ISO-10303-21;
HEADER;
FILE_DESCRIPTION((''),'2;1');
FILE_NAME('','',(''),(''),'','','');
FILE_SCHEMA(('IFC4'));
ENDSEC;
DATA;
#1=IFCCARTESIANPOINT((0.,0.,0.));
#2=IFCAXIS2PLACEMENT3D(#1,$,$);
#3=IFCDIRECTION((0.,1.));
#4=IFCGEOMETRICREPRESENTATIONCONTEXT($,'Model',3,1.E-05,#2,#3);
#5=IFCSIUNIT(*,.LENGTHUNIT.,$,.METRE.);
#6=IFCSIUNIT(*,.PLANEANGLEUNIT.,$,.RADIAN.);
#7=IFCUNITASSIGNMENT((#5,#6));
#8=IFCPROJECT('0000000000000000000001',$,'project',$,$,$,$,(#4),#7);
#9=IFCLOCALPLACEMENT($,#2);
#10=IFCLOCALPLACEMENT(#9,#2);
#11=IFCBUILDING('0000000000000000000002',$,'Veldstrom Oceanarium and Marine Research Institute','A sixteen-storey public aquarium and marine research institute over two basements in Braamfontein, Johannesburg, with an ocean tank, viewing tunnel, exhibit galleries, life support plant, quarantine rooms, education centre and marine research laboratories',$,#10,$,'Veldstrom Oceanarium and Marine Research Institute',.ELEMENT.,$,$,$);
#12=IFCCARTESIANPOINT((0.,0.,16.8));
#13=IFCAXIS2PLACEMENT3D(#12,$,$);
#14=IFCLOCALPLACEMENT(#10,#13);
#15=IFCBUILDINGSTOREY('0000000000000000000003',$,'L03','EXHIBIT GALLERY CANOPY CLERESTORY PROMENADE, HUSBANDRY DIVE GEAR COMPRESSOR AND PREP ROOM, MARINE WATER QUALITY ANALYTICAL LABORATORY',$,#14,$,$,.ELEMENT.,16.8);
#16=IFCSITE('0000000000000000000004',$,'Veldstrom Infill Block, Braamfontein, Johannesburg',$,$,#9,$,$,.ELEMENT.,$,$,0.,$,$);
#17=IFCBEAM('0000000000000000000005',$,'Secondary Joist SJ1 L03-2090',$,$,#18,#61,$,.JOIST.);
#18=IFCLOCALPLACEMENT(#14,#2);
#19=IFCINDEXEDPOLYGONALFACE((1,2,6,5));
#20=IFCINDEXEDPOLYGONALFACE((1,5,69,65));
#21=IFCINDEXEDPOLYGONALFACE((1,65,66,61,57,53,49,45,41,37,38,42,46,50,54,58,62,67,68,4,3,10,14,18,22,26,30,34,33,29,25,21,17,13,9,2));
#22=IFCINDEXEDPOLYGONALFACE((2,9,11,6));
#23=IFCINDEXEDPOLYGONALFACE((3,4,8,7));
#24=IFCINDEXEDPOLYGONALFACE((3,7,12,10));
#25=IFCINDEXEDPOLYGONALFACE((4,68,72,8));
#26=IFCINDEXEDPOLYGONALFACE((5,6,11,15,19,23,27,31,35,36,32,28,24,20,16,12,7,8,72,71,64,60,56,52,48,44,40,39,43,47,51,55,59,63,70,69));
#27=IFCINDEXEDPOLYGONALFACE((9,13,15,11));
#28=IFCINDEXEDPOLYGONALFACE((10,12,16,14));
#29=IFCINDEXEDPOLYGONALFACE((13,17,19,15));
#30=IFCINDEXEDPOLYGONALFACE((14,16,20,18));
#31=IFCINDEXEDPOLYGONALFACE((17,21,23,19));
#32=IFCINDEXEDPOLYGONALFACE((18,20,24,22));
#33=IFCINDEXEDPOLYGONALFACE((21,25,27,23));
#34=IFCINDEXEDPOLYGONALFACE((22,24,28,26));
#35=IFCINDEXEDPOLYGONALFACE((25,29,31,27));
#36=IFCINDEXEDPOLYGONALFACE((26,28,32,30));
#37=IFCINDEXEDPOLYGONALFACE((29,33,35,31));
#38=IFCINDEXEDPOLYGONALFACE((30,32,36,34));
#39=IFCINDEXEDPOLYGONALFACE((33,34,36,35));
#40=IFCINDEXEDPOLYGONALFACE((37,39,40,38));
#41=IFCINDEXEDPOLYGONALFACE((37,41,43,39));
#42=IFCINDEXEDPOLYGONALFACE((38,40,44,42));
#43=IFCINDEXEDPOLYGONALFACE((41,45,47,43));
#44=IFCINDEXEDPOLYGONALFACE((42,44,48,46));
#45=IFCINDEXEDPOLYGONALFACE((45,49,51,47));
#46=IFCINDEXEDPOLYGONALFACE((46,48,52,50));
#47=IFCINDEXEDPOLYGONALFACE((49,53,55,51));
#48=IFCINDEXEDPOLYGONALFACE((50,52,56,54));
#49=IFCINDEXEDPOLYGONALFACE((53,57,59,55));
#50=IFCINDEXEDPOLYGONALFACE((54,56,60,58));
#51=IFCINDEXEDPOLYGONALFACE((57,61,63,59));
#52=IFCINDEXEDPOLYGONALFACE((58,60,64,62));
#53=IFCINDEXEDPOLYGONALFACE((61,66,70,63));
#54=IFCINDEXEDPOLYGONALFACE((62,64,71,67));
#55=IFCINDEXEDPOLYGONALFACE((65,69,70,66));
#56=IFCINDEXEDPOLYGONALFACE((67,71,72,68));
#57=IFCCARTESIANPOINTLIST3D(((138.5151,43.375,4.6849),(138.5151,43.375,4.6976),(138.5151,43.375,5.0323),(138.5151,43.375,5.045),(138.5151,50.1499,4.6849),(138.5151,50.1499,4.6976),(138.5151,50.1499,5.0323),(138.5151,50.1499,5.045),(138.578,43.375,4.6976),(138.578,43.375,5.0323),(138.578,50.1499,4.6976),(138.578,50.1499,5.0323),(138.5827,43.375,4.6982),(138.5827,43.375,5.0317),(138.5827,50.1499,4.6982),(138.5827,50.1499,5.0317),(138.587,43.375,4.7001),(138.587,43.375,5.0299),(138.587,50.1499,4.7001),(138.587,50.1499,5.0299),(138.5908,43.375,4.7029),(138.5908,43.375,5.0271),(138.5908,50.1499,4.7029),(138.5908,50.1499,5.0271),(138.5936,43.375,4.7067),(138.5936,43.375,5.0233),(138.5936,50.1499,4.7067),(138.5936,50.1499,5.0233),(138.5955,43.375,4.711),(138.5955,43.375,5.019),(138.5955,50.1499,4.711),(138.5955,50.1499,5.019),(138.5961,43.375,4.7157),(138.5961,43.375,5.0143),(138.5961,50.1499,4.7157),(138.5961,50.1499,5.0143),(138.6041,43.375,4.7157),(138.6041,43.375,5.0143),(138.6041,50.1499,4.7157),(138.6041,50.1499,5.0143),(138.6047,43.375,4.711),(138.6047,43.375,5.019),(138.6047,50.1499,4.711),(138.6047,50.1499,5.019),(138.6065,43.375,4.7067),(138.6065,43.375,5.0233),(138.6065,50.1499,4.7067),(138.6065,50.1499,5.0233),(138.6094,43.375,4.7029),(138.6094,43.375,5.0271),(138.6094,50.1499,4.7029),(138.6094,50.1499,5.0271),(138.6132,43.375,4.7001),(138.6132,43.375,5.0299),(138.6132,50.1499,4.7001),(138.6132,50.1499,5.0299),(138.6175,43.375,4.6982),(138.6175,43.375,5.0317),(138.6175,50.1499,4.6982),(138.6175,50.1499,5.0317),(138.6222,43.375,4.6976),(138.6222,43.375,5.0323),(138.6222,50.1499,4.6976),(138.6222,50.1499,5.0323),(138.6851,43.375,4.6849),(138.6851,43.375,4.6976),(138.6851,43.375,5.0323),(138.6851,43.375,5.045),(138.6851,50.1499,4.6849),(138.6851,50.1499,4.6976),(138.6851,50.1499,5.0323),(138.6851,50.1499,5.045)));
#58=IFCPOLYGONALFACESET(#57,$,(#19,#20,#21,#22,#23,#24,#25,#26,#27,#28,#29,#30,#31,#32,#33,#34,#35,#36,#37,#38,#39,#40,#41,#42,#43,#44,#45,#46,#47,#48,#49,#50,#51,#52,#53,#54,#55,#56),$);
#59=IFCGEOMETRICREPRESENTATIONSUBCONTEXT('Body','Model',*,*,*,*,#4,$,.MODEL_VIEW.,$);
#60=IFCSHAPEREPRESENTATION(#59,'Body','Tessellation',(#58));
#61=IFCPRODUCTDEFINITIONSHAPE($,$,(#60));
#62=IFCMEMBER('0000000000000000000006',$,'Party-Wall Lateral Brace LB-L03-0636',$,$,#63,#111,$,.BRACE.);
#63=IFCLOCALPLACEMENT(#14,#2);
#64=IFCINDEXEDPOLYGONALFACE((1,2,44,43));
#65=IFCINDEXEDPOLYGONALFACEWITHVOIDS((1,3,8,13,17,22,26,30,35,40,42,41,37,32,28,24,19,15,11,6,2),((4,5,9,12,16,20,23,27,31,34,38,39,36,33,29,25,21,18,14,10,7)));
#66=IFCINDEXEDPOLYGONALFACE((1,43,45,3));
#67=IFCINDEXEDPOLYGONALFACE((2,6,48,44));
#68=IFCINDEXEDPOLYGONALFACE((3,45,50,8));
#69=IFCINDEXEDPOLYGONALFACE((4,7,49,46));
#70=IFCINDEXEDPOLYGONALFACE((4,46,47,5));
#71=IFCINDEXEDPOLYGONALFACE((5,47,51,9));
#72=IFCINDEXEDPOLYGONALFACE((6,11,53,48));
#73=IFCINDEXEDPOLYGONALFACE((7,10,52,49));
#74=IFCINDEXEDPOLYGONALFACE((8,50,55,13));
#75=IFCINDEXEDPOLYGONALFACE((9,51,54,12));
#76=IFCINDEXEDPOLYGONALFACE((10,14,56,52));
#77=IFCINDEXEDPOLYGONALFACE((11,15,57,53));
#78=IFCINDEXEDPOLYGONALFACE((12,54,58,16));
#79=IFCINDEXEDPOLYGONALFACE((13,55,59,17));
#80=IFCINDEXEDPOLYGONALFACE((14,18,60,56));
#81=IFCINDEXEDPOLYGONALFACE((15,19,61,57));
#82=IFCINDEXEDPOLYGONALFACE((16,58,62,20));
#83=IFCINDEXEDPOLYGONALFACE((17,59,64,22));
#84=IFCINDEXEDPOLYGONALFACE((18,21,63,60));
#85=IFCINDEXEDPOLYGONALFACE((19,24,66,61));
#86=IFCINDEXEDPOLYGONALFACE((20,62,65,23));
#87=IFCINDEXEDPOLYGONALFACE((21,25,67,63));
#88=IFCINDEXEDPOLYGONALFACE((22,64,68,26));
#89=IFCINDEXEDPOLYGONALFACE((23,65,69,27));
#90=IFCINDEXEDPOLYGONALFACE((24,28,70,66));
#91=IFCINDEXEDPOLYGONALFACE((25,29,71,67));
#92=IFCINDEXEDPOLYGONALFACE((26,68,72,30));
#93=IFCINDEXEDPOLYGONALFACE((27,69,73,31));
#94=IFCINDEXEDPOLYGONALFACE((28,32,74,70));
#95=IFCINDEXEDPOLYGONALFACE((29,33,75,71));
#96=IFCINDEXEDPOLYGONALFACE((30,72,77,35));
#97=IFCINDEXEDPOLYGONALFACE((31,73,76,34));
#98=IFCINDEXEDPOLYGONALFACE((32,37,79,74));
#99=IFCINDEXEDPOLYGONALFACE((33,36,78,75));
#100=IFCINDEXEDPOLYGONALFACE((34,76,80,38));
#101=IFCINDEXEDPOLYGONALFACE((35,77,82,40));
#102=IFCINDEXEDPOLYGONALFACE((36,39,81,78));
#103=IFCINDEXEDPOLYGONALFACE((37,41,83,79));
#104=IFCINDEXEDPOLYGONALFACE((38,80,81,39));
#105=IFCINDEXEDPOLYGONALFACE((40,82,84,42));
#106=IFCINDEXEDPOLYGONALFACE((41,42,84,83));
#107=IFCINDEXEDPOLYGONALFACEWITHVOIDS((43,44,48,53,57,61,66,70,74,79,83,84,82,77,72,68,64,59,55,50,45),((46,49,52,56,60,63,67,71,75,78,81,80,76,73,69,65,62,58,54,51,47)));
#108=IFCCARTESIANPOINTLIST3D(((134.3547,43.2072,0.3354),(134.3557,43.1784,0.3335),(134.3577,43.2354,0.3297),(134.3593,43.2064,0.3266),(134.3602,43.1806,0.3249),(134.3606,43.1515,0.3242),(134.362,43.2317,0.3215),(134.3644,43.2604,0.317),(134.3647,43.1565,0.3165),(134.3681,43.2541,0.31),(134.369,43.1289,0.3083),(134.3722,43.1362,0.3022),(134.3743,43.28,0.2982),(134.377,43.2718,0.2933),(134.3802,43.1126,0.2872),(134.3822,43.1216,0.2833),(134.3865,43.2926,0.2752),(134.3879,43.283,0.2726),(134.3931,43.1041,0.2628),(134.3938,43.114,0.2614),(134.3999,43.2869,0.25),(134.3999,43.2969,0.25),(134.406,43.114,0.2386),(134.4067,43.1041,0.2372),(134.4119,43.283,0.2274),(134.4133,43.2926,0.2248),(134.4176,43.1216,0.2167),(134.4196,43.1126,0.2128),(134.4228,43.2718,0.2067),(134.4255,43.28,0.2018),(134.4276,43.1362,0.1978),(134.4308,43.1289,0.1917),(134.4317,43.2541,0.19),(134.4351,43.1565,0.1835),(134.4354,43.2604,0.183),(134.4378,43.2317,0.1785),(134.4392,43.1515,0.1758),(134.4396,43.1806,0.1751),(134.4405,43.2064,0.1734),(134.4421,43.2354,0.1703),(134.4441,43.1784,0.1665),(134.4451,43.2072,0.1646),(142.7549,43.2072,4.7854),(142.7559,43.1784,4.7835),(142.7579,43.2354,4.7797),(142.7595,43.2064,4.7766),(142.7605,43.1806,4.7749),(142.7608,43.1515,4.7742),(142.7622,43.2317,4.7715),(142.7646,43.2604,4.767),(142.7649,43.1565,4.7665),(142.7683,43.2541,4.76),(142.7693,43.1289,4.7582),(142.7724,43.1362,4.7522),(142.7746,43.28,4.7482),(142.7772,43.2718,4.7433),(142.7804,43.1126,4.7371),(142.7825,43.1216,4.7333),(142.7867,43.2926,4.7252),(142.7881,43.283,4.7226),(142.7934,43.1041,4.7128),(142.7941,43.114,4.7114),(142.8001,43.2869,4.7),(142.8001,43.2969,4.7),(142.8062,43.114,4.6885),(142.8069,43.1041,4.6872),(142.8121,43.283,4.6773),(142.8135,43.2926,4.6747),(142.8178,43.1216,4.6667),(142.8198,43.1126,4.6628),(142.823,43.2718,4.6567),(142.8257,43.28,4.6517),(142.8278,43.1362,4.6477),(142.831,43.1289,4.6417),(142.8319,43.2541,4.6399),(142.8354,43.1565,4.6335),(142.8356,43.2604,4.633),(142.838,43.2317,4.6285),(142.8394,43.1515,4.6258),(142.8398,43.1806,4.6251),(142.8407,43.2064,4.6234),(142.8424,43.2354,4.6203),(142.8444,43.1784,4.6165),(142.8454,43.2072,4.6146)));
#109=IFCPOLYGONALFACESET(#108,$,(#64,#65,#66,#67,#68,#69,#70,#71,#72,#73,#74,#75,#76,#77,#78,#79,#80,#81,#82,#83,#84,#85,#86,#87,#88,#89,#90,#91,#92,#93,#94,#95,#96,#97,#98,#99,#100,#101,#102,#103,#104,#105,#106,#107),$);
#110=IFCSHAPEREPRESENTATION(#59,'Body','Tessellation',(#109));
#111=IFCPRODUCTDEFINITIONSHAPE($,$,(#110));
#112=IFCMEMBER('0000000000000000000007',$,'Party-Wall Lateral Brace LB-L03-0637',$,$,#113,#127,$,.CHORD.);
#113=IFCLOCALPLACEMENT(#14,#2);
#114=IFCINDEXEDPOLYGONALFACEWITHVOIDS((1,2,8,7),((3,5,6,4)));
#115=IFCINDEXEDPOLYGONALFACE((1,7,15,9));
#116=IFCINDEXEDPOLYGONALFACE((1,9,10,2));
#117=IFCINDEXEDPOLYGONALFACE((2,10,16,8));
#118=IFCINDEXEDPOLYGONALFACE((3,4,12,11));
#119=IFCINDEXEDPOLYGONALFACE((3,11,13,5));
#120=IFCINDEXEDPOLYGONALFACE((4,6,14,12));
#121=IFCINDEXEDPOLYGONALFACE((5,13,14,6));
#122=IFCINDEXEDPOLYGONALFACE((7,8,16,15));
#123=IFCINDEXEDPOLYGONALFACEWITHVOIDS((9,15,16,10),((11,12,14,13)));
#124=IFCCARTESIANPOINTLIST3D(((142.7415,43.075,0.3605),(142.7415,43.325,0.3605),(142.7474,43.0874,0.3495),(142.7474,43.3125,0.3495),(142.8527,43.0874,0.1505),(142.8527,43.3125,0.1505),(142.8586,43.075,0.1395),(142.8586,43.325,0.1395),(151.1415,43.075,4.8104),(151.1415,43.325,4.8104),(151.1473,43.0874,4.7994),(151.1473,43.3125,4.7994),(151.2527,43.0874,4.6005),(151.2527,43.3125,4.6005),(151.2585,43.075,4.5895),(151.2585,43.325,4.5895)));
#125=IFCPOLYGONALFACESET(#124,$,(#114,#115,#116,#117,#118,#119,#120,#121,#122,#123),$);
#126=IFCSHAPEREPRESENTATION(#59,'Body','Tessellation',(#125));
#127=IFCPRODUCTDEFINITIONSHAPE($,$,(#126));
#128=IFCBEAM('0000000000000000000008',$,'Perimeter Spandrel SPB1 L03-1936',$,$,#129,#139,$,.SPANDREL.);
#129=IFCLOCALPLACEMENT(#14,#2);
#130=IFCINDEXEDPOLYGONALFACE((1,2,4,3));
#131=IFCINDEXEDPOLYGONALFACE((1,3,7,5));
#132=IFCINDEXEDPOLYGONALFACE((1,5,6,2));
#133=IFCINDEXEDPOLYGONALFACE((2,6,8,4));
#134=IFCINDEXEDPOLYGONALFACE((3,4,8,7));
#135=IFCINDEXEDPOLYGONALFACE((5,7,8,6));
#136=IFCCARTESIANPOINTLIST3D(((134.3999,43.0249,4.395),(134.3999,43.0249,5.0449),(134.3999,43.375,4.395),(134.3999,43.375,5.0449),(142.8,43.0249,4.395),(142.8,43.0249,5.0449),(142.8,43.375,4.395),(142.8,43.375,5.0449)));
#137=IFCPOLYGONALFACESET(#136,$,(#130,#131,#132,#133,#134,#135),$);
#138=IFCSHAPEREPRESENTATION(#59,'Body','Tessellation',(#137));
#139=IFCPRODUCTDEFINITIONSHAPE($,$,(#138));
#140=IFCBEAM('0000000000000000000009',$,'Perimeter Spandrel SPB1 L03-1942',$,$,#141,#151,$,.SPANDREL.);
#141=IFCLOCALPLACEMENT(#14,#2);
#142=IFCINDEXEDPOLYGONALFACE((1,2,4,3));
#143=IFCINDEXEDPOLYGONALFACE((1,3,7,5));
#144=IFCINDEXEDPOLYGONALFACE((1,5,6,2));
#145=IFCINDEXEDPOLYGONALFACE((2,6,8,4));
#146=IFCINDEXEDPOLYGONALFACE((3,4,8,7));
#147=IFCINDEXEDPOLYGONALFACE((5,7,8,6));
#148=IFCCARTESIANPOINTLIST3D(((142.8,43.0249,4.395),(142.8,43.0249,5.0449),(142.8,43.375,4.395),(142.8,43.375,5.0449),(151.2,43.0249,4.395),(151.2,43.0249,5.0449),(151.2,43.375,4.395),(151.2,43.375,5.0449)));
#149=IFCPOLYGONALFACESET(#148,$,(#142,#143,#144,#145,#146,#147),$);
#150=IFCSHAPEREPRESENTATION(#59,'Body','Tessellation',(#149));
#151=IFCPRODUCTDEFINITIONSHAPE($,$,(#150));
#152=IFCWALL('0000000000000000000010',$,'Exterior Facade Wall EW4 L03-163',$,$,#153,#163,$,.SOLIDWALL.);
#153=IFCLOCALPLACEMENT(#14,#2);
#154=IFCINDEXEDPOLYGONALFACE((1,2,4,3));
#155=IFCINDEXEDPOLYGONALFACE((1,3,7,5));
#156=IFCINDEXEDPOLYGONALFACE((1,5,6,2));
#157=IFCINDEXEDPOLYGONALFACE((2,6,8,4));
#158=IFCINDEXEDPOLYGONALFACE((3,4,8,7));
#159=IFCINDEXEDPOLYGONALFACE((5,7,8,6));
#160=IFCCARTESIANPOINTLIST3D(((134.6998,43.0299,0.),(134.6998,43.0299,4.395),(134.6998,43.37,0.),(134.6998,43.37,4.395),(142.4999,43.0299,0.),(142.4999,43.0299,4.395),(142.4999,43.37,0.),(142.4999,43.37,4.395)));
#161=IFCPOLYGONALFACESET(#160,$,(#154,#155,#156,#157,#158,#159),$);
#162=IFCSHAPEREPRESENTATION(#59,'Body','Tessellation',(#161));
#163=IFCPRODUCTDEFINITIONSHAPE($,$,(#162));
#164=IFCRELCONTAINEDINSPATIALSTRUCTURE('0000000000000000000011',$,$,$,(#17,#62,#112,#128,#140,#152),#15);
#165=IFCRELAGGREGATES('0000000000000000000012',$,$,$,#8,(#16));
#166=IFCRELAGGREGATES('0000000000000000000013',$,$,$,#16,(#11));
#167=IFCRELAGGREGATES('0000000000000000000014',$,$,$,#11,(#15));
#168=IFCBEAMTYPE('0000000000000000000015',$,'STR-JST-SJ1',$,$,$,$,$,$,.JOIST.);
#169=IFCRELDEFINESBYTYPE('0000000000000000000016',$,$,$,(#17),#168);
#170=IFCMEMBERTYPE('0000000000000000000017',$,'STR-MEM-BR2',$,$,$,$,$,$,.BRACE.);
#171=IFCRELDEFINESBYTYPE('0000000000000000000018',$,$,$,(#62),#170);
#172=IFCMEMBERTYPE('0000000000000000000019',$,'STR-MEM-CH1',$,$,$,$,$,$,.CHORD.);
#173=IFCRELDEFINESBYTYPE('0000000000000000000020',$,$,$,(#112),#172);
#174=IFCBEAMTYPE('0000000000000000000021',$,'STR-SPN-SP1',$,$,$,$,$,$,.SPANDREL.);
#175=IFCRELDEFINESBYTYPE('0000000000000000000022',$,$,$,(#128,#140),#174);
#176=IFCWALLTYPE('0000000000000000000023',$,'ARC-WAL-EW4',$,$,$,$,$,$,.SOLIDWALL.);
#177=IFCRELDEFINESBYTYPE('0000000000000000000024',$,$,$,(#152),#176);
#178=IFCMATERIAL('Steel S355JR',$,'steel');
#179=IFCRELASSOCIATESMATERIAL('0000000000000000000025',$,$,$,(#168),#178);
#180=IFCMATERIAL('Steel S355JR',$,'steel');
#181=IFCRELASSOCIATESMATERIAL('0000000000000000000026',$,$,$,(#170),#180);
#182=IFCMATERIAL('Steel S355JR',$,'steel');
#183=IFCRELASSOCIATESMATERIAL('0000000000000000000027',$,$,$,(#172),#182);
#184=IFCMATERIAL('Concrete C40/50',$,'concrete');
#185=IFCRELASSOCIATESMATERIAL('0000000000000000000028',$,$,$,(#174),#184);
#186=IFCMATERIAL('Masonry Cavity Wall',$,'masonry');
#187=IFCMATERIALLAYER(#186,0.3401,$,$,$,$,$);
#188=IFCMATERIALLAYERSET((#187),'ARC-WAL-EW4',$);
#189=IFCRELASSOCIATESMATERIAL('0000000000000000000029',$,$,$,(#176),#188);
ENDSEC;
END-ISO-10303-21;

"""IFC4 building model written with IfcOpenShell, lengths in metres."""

from ifc_helpers import new_model, si_unit, direction, frame, frame_2d, origin, origin_2d, place, context, subcontext, project, spatial, rectangle, hollow_rectangle, hollow_circle, i_section, extrude, material, layer, layer_set, material_profile, profile_set, type_object, element, save


model = new_model("IFC4")

# Units and contexts
model_context = context("Model", 3, precision=1e-05, world=origin(), true_north=direction((0.0, 1.0)))
body_context = subcontext(model_context, "Body", "Model", "MODEL_VIEW")
ifc_project = project(units=[si_unit("LENGTHUNIT", "METRE"), si_unit("PLANEANGLEUNIT", "RADIAN")], contexts=[model_context])

# Site, building, storey
site_placement = place(None, origin())
site = spatial("IfcSite", under=ifc_project, at=site_placement, Name="Veldstrom Infill Block, Braamfontein, Johannesburg", CompositionType="ELEMENT", RefElevation=0.0)
building_placement = place(site_placement, origin())
building = spatial("IfcBuilding", under=site, at=building_placement, Name="Veldstrom Oceanarium and Marine Research Institute", Description="A sixteen-storey public aquarium and marine research institute over two basements in Braamfontein, Johannesburg, with an ocean tank, viewing tunnel, exhibit galleries, life support plant, quarantine rooms, education centre and marine research laboratories", LongName="Veldstrom Oceanarium and Marine Research Institute", CompositionType="ELEMENT")
storey_placement = place(building_placement, frame((0.0, 0.0, 16.8)))
storey = spatial("IfcBuildingStorey", under=building, at=storey_placement, Name="L03", Description="EXHIBIT GALLERY CANOPY CLERESTORY PROMENADE, HUSBANDRY DIVE GEAR COMPRESSOR AND PREP ROOM, MARINE WATER QUALITY ANALYTICAL LABORATORY", CompositionType="ELEMENT", Elevation=16.8)

# Beam
ifc_material_1 = material(Name="Steel S355JR", Category="steel")
ifc_material_profile_1 = material_profile(ifc_material_1, i_section(OverallWidth=0.1699, OverallDepth=0.3601, WebThickness=0.0081, FlangeThickness=0.0127, FilletRadius=0.0181, at=origin_2d()), Name="IPE 360")
ifc_profile_set_1 = profile_set([ifc_material_profile_1], Name="Steel S355JR")
beam_type_1 = type_object("IfcBeamType", Name="STR-JST-SJ1", PredefinedType="JOIST", material=ifc_profile_set_1)
beam_1_placement = place(storey_placement, frame((138.6001, 43.375, 4.865), z_axis=(0.0, 1.0, 0.0), x_axis=(-1.0, 0.0, 0.0)))
element("IfcBeam", 1, at=beam_1_placement, inside=storey, type_object=beam_type_1, Name="Secondary Joist SJ1 L03-2090", PredefinedType="JOIST", context=body_context, shape_type="SweptSolid", body=[
    extrude(i_section(OverallWidth=0.1699, OverallDepth=0.3601, WebThickness=0.0081, FlangeThickness=0.0127, FilletRadius=0.0181, at=origin_2d()), origin(), (0.0, 0.0, 1.0), 6.7749),
])

# Members
ifc_material_2 = material(Name="Steel S355JR", Category="steel")
ifc_material_profile_2 = material_profile(ifc_material_2, hollow_circle(Radius=0.0969, WallThickness=0.01, at=origin_2d()), Name="CHS 193.7x10")
ifc_profile_set_2 = profile_set([ifc_material_profile_2], Name="Steel S355JR")
member_type_1 = type_object("IfcMemberType", Name="STR-MEM-BR2", PredefinedType="BRACE", material=ifc_profile_set_2)
member_1_placement = place(storey_placement, frame((134.3999, 43.2, 0.25), z_axis=(0.883665, 0.0, 0.468119), x_axis=(0.0, 1.0, 0.0)))
element("IfcMember", 2, at=member_1_placement, inside=storey, type_object=member_type_1, Name="Party-Wall Lateral Brace LB-L03-0636", PredefinedType="BRACE", context=body_context, shape_type="SweptSolid", body=[
    extrude(hollow_circle(Radius=0.0969, WallThickness=0.01, at=origin_2d()), origin(), (0.0, 0.0, 1.0), 9.5061),
])
ifc_material_3 = material(Name="Steel S355JR", Category="steel")
ifc_material_profile_3 = material_profile(ifc_material_3, hollow_rectangle(XDim=0.25, YDim=0.25, WallThickness=0.0125, at=origin_2d()), Name="SHS 250x250x12.5")
ifc_profile_set_3 = profile_set([ifc_material_profile_3], Name="Steel S355JR")
member_type_2 = type_object("IfcMemberType", Name="STR-MEM-CH1", PredefinedType="CHORD", material=ifc_profile_set_3)
member_2_placement = place(storey_placement, frame((142.8, 43.2, 0.25), z_axis=(0.88366, 0.0, 0.46813), x_axis=(0.0, 1.0, 0.0)))
element("IfcMember", 3, at=member_2_placement, inside=storey, type_object=member_type_2, Name="Party-Wall Lateral Brace LB-L03-0637", PredefinedType="CHORD", context=body_context, shape_type="SweptSolid", body=[
    extrude(hollow_rectangle(XDim=0.25, YDim=0.25, WallThickness=0.0125, at=origin_2d()), origin(), (0.0, 0.0, 1.0), 9.5059),
])

# Beams
ifc_material_4 = material(Name="Concrete C40/50", Category="concrete")
ifc_material_profile_4 = material_profile(ifc_material_4, rectangle(XDim=0.3501, YDim=0.6499, at=origin_2d()), Name="RC-SPN-350x650")
ifc_profile_set_4 = profile_set([ifc_material_profile_4], Name="Concrete C40/50")
beam_type_2 = type_object("IfcBeamType", Name="STR-SPN-SP1", PredefinedType="SPANDREL", material=ifc_profile_set_4)
beam_2_placement = place(storey_placement, frame((134.3999, 43.2, 4.72), z_axis=(1.0, 0.0, 0.0), x_axis=(0.0, 1.0, 0.0)))
element("IfcBeam", 4, at=beam_2_placement, inside=storey, type_object=beam_type_2, Name="Perimeter Spandrel SPB1 L03-1936", PredefinedType="SPANDREL", context=body_context, shape_type="SweptSolid", body=[
    extrude(rectangle(XDim=0.3501, YDim=0.6499, at=origin_2d()), origin(), (0.0, 0.0, 1.0), 8.4001),
])
beam_3_placement = place(storey_placement, frame((142.8, 43.2, 4.72), z_axis=(1.0, 0.0, 0.0), x_axis=(0.0, 1.0, 0.0)))
element("IfcBeam", 5, at=beam_3_placement, inside=storey, type_object=beam_type_2, Name="Perimeter Spandrel SPB1 L03-1942", PredefinedType="SPANDREL", context=body_context, shape_type="SweptSolid", body=[
    extrude(rectangle(XDim=0.3501, YDim=0.6499, at=origin_2d()), origin(), (0.0, 0.0, 1.0), 8.3999),
])

# Wall
ifc_material_5 = material(Name="Masonry Cavity Wall", Category="masonry")
ifc_layer_1 = layer(ifc_material_5, 0.3401)
ifc_layer_set_1 = layer_set([ifc_layer_1], Name="ARC-WAL-EW4")
wall_type_1 = type_object("IfcWallType", Name="ARC-WAL-EW4", PredefinedType="SOLIDWALL", material=ifc_layer_set_1)
wall_1_placement = place(storey_placement, frame((134.7, 43.2, 0.0), z_axis=(0.0, 0.0, 1.0), x_axis=(1.0, 0.0, 0.0)))
element("IfcWall", 6, at=wall_1_placement, inside=storey, type_object=wall_type_1, Name="Exterior Facade Wall EW4 L03-163", PredefinedType="SOLIDWALL", context=body_context, shape_type="SweptSolid", body=[
    extrude(rectangle(XDim=7.8, YDim=0.3401, at=frame_2d((3.8999, 0.0))), origin(), (0.0, 0.0, 1.0), 4.395),
])

save(model, "model.ifc")
